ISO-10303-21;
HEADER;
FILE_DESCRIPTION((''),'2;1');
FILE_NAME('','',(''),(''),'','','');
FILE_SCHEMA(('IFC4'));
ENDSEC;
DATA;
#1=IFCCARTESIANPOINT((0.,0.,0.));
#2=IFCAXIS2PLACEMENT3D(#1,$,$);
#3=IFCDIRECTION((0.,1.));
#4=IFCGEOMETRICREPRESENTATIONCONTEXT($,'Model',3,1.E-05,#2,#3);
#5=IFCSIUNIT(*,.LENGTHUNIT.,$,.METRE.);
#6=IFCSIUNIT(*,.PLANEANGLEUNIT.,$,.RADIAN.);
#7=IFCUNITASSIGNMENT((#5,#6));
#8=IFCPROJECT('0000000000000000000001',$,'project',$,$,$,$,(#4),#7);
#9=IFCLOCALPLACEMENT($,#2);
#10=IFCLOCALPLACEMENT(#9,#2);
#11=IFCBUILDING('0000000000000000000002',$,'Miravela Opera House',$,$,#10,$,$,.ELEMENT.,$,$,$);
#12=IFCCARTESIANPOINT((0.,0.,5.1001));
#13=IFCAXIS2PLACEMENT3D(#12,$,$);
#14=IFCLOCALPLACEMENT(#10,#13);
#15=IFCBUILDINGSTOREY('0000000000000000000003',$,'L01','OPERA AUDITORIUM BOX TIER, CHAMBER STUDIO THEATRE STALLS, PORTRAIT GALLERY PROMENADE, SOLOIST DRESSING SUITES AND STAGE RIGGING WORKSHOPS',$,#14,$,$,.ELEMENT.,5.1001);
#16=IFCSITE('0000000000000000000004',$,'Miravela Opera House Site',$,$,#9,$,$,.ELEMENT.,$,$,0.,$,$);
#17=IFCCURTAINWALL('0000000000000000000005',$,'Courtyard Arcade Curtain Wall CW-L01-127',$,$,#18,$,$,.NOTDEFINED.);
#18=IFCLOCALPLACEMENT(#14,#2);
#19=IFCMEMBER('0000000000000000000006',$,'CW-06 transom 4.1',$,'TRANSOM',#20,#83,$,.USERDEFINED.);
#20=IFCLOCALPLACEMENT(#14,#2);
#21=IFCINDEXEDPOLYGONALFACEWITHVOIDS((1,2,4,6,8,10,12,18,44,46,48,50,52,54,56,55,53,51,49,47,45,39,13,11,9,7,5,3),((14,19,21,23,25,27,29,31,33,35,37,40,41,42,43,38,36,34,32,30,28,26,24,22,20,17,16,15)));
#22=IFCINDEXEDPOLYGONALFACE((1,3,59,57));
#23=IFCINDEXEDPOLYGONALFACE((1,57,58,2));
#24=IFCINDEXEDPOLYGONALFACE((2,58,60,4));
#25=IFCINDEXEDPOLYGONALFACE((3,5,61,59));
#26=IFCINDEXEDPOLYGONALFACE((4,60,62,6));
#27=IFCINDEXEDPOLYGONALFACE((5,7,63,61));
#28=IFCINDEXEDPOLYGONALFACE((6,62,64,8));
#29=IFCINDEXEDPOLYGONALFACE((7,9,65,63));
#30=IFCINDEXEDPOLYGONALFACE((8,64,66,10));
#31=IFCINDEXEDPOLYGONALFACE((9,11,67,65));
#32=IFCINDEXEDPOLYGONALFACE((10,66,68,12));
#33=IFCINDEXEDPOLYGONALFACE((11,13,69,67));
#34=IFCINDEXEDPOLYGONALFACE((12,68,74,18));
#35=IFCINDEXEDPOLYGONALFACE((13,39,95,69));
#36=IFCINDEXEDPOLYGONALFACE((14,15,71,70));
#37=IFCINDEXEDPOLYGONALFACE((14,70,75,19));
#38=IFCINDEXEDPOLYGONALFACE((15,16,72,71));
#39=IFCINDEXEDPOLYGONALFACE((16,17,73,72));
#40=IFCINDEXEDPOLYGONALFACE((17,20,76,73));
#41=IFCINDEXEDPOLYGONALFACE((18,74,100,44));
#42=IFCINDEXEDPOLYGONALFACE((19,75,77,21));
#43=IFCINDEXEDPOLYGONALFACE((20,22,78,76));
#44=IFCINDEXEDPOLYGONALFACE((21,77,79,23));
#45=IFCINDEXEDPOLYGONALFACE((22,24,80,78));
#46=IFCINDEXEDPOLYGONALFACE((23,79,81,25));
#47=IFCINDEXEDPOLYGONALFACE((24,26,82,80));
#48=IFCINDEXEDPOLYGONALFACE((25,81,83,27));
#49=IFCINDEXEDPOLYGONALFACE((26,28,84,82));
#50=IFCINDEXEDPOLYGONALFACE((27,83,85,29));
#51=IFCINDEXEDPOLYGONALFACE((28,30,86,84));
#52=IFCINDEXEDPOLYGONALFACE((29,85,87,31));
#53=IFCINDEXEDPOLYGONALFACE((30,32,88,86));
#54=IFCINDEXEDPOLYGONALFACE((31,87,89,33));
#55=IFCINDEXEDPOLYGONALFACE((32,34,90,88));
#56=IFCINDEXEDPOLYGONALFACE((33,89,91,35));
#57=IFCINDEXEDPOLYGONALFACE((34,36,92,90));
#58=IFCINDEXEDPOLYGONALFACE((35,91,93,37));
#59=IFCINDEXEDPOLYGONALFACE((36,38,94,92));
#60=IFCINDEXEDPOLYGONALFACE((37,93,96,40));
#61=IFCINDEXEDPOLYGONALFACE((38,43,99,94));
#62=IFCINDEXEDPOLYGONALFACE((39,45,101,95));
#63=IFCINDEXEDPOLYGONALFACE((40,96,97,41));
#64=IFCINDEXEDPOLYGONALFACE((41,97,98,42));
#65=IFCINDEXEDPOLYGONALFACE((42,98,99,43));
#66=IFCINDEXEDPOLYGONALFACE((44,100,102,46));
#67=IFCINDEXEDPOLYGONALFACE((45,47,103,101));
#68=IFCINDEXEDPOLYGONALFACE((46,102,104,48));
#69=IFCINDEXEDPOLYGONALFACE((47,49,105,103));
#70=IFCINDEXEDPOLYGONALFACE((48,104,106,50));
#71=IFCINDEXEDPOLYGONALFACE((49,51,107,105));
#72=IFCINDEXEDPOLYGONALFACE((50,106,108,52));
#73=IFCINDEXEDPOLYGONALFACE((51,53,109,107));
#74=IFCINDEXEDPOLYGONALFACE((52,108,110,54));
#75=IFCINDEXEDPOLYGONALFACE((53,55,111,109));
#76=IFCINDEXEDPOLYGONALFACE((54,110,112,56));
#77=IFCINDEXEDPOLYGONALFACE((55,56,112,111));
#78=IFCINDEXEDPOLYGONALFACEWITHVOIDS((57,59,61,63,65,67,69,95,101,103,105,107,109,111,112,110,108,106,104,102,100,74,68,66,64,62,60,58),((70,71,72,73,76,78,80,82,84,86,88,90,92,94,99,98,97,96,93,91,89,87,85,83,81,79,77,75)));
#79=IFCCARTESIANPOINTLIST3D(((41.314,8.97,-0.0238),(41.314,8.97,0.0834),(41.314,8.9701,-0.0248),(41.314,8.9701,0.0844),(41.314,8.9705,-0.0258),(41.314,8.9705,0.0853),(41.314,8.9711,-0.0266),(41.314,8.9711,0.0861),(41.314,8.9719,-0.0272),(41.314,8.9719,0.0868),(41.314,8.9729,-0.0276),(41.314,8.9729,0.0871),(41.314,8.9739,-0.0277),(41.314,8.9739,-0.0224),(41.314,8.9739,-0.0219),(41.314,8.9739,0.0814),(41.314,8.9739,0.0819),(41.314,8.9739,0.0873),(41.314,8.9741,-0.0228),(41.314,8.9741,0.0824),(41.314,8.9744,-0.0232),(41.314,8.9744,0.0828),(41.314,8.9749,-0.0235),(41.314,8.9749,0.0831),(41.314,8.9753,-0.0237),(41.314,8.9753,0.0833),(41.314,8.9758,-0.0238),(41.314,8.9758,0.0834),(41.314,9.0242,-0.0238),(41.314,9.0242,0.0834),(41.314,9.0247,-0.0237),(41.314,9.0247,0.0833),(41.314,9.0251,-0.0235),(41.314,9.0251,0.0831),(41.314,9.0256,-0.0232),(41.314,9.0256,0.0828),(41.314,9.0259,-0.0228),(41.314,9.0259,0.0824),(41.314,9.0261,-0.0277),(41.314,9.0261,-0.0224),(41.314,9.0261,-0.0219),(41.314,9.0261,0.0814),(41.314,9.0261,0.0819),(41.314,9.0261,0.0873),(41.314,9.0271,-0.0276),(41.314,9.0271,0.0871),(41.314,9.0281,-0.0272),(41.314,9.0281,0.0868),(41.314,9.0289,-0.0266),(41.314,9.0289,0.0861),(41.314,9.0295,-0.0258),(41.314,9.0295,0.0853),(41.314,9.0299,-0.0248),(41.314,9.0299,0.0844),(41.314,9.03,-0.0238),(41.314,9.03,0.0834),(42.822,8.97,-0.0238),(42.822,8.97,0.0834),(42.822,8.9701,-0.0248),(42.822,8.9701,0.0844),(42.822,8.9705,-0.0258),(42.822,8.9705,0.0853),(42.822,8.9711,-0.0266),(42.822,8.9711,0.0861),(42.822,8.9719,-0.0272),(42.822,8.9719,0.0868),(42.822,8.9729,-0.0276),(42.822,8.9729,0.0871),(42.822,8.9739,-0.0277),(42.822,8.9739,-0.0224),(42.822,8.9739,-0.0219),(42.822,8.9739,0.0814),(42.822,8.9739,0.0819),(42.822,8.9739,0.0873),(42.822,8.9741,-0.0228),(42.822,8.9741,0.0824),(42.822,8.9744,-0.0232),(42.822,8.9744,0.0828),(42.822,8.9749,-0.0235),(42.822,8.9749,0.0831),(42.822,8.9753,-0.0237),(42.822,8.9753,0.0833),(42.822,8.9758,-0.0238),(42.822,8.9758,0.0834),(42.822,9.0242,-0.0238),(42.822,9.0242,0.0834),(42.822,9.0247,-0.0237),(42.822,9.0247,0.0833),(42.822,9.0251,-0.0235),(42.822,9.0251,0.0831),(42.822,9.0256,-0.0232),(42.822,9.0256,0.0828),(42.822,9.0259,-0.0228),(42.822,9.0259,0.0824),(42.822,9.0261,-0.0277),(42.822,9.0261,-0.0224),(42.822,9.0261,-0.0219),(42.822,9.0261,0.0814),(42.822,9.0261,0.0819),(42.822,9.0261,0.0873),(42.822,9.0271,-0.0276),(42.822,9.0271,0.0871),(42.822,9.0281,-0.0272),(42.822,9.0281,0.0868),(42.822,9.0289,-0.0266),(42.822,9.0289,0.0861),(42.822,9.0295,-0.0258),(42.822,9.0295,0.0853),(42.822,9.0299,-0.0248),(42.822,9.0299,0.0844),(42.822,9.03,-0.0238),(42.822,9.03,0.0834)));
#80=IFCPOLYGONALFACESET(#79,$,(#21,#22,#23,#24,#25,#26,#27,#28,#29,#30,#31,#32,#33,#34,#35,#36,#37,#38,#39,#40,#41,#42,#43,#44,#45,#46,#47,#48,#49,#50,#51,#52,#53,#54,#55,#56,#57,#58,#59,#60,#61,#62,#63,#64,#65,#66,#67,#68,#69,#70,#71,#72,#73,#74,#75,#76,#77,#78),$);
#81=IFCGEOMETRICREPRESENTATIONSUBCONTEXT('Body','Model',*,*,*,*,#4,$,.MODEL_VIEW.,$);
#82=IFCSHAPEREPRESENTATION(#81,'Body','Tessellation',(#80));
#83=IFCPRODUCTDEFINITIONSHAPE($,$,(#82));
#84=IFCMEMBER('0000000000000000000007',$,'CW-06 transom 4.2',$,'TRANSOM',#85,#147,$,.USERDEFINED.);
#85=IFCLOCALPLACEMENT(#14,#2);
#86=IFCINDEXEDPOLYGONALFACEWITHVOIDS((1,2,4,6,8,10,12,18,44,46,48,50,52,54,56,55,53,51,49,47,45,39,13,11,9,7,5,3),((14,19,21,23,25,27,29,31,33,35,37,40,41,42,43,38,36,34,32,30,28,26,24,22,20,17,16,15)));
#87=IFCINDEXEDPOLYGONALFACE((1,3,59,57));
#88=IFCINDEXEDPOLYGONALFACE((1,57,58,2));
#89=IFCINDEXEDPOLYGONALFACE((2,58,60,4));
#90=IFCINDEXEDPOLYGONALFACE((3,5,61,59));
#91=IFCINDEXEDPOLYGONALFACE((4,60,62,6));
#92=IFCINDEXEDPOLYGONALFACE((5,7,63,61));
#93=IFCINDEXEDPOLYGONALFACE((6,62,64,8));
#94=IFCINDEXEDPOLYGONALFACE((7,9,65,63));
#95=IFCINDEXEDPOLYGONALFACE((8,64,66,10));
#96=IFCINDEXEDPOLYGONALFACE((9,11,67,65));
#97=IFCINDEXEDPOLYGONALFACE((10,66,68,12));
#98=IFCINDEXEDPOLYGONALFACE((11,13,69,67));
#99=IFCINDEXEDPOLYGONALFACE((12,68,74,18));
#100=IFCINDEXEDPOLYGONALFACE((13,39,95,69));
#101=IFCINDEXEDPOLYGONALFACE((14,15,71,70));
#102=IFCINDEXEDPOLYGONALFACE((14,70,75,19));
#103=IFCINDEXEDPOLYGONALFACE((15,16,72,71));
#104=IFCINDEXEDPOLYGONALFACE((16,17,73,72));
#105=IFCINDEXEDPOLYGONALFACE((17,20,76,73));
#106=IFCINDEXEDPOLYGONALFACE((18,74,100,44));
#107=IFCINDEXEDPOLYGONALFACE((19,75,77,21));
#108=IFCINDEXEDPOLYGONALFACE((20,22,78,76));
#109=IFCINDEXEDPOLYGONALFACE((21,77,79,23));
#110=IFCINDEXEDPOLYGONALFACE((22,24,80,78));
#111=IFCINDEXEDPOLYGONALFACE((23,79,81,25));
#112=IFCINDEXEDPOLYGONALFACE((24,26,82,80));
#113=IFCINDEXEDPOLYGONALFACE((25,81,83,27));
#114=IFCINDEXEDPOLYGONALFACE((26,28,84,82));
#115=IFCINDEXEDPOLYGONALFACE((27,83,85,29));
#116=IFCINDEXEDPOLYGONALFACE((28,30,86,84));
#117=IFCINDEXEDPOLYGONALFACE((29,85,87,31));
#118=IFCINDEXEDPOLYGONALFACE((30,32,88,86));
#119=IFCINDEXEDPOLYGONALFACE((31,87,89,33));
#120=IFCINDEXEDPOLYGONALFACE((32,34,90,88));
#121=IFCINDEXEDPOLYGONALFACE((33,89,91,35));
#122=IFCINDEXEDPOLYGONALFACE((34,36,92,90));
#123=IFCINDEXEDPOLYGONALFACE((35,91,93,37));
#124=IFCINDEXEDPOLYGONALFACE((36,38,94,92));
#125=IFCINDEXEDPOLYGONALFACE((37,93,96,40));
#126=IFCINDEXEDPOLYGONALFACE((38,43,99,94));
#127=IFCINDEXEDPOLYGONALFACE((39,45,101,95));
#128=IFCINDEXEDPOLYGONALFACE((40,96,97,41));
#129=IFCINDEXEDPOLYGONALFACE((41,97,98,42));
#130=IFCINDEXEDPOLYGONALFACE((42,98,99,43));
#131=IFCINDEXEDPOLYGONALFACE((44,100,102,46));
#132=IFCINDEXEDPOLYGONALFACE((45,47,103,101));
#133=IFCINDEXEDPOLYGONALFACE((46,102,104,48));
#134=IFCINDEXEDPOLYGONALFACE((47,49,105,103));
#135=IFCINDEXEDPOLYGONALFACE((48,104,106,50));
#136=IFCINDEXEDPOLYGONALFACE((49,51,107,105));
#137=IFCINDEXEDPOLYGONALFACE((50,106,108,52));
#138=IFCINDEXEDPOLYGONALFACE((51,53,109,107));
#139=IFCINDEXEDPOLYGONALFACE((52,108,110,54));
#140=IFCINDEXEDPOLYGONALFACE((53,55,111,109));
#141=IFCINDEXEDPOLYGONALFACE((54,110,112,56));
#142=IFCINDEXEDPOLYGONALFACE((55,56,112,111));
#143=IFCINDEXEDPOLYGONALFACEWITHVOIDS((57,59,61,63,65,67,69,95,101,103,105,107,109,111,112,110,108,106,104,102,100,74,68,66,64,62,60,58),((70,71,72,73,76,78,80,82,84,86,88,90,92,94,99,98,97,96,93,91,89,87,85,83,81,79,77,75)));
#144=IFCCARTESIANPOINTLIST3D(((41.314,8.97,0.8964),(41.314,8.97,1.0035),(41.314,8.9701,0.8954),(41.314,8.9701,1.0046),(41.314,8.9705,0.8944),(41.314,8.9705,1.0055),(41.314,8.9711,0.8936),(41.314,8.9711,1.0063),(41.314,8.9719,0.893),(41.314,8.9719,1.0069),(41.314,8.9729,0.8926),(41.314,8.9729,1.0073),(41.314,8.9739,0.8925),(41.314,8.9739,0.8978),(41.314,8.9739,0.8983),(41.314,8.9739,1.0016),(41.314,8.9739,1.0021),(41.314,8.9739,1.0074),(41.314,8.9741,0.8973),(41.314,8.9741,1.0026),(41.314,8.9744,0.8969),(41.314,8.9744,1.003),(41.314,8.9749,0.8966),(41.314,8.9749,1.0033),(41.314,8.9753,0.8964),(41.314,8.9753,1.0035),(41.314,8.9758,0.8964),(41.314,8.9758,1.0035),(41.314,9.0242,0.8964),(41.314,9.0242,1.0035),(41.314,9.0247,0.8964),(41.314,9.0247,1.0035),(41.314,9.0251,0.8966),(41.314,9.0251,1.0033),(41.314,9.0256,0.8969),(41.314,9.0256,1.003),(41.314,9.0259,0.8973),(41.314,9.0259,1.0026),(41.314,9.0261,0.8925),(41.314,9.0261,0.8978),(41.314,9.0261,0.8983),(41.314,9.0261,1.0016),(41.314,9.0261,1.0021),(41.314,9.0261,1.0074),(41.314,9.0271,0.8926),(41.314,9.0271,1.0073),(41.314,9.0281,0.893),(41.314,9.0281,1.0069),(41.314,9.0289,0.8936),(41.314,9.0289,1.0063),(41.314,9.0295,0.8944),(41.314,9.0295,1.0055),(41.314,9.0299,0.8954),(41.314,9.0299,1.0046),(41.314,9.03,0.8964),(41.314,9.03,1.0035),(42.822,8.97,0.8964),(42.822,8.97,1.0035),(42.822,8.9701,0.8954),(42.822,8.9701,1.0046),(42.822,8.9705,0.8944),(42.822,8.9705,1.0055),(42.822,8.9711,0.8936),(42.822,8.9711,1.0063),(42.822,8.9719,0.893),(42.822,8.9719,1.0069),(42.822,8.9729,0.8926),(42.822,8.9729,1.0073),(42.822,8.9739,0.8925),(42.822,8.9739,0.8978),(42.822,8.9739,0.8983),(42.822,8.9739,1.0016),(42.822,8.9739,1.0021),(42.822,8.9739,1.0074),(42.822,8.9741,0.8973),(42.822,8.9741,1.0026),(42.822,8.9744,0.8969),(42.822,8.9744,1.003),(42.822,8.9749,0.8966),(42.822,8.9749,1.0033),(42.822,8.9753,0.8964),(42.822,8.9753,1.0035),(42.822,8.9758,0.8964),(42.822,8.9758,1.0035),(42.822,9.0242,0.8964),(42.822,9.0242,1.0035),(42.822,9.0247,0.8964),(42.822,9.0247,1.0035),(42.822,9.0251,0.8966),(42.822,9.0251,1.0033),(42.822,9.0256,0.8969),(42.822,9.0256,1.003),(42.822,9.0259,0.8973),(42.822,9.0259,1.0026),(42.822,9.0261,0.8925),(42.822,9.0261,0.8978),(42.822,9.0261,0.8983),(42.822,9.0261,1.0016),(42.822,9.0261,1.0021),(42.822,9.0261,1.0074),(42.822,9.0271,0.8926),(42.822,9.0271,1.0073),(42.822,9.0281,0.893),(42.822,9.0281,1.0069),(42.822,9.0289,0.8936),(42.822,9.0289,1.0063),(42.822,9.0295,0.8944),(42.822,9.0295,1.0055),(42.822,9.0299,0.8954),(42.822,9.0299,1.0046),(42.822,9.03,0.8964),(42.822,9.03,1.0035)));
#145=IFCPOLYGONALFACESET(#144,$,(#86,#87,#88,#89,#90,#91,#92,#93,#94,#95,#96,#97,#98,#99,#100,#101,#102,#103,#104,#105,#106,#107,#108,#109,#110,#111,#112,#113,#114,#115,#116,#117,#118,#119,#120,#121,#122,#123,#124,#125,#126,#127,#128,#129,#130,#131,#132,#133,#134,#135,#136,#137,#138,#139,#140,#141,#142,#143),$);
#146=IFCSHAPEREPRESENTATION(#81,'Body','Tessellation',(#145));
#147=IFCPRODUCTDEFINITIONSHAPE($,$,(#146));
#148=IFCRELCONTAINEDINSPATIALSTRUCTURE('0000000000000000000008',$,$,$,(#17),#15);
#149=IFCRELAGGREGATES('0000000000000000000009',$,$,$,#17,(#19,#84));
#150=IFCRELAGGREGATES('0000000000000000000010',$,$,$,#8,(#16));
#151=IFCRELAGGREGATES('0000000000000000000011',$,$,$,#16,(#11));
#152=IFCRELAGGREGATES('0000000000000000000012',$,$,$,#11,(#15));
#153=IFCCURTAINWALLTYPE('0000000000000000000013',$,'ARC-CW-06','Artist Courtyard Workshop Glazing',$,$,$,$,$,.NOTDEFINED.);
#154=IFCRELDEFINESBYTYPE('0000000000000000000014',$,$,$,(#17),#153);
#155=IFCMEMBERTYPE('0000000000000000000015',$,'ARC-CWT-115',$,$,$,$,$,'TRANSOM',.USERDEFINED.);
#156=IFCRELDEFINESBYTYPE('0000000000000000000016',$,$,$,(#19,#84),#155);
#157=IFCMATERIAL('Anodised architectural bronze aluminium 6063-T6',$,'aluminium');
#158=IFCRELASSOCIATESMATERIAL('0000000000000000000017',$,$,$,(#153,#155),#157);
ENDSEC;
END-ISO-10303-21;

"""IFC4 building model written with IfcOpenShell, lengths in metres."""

from ifc_helpers import new_model, si_unit, direction, frame, origin, origin_2d, place, context, subcontext, project, spatial, hollow_rectangle, extrude, material, material_profile, profile_set, type_object, element, aggregate, save


model = new_model("IFC4")

# Units and contexts
model_context = context("Model", 3, precision=1e-05, world=origin(), true_north=direction((0.0, 1.0)))
body_context = subcontext(model_context, "Body", "Model", "MODEL_VIEW")
ifc_project = project(units=[si_unit("LENGTHUNIT", "METRE"), si_unit("PLANEANGLEUNIT", "RADIAN")], contexts=[model_context])

# Site, building, storey
site_placement = place(None, origin())
site = spatial("IfcSite", under=ifc_project, at=site_placement, Name="Miravela Opera House Site", CompositionType="ELEMENT", RefElevation=0.0)
building_placement = place(site_placement, origin())
building = spatial("IfcBuilding", under=site, at=building_placement, Name="Miravela Opera House", CompositionType="ELEMENT")
storey_placement = place(building_placement, frame((0.0, 0.0, 5.1001)))
storey = spatial("IfcBuildingStorey", under=building, at=storey_placement, Name="L01", Description="OPERA AUDITORIUM BOX TIER, CHAMBER STUDIO THEATRE STALLS, PORTRAIT GALLERY PROMENADE, SOLOIST DRESSING SUITES AND STAGE RIGGING WORKSHOPS", CompositionType="ELEMENT", Elevation=5.1001)

# Curtain wall, members
ifc_material_1 = material(Name="Anodised architectural bronze aluminium 6063-T6", Category="aluminium")
curtain_wall_type = type_object("IfcCurtainWallType", Name="ARC-CW-06", Description="Artist Courtyard Workshop Glazing", PredefinedType="NOTDEFINED", material=ifc_material_1)
curtain_wall_placement = place(storey_placement, origin())
curtain_wall = element("IfcCurtainWall", 1, at=curtain_wall_placement, inside=storey, type_object=curtain_wall_type, Name="Courtyard Arcade Curtain Wall CW-L01-127", PredefinedType="NOTDEFINED")
ifc_material_profile_1 = material_profile(ifc_material_1, hollow_rectangle(XDim=0.0601, YDim=0.115, WallThickness=0.0039, InnerFilletRadius=0.002, OuterFilletRadius=0.0039, at=origin_2d()), Name="CWT-60X115")
ifc_profile_set_1 = profile_set([ifc_material_profile_1])
member_type_1 = type_object("IfcMemberType", Name="ARC-CWT-115", ElementType="TRANSOM", PredefinedType="USERDEFINED", material=ifc_profile_set_1)
member_1_placement = place(storey_placement, frame((41.314, 9.0, 0.0298), z_axis=(1.0, 0.0, 0.0), x_axis=(0.0, 1.0, 0.0)))
member_1 = element("IfcMember", 2, at=member_1_placement, type_object=member_type_1, Name="CW-06 transom 4.1", ObjectType="TRANSOM", PredefinedType="USERDEFINED", context=body_context, shape_type="SweptSolid", body=[
    extrude(hollow_rectangle(XDim=0.0601, YDim=0.115, WallThickness=0.0039, InnerFilletRadius=0.002, OuterFilletRadius=0.0039, at=origin_2d()), origin(), (0.0, 0.0, 1.0), 1.5081),
])
member_2_placement = place(storey_placement, frame((41.314, 9.0, 0.95), z_axis=(1.0, 0.0, 0.0), x_axis=(0.0, 1.0, 0.0)))
member_2 = element("IfcMember", 3, at=member_2_placement, type_object=member_type_1, Name="CW-06 transom 4.2", ObjectType="TRANSOM", PredefinedType="USERDEFINED", context=body_context, shape_type="SweptSolid", body=[
    extrude(hollow_rectangle(XDim=0.0601, YDim=0.115, WallThickness=0.0039, InnerFilletRadius=0.002, OuterFilletRadius=0.0039, at=origin_2d()), origin(), (0.0, 0.0, 1.0), 1.5081),
])

aggregate(curtain_wall, [member_1, member_2])

save(model, "model.ifc")
